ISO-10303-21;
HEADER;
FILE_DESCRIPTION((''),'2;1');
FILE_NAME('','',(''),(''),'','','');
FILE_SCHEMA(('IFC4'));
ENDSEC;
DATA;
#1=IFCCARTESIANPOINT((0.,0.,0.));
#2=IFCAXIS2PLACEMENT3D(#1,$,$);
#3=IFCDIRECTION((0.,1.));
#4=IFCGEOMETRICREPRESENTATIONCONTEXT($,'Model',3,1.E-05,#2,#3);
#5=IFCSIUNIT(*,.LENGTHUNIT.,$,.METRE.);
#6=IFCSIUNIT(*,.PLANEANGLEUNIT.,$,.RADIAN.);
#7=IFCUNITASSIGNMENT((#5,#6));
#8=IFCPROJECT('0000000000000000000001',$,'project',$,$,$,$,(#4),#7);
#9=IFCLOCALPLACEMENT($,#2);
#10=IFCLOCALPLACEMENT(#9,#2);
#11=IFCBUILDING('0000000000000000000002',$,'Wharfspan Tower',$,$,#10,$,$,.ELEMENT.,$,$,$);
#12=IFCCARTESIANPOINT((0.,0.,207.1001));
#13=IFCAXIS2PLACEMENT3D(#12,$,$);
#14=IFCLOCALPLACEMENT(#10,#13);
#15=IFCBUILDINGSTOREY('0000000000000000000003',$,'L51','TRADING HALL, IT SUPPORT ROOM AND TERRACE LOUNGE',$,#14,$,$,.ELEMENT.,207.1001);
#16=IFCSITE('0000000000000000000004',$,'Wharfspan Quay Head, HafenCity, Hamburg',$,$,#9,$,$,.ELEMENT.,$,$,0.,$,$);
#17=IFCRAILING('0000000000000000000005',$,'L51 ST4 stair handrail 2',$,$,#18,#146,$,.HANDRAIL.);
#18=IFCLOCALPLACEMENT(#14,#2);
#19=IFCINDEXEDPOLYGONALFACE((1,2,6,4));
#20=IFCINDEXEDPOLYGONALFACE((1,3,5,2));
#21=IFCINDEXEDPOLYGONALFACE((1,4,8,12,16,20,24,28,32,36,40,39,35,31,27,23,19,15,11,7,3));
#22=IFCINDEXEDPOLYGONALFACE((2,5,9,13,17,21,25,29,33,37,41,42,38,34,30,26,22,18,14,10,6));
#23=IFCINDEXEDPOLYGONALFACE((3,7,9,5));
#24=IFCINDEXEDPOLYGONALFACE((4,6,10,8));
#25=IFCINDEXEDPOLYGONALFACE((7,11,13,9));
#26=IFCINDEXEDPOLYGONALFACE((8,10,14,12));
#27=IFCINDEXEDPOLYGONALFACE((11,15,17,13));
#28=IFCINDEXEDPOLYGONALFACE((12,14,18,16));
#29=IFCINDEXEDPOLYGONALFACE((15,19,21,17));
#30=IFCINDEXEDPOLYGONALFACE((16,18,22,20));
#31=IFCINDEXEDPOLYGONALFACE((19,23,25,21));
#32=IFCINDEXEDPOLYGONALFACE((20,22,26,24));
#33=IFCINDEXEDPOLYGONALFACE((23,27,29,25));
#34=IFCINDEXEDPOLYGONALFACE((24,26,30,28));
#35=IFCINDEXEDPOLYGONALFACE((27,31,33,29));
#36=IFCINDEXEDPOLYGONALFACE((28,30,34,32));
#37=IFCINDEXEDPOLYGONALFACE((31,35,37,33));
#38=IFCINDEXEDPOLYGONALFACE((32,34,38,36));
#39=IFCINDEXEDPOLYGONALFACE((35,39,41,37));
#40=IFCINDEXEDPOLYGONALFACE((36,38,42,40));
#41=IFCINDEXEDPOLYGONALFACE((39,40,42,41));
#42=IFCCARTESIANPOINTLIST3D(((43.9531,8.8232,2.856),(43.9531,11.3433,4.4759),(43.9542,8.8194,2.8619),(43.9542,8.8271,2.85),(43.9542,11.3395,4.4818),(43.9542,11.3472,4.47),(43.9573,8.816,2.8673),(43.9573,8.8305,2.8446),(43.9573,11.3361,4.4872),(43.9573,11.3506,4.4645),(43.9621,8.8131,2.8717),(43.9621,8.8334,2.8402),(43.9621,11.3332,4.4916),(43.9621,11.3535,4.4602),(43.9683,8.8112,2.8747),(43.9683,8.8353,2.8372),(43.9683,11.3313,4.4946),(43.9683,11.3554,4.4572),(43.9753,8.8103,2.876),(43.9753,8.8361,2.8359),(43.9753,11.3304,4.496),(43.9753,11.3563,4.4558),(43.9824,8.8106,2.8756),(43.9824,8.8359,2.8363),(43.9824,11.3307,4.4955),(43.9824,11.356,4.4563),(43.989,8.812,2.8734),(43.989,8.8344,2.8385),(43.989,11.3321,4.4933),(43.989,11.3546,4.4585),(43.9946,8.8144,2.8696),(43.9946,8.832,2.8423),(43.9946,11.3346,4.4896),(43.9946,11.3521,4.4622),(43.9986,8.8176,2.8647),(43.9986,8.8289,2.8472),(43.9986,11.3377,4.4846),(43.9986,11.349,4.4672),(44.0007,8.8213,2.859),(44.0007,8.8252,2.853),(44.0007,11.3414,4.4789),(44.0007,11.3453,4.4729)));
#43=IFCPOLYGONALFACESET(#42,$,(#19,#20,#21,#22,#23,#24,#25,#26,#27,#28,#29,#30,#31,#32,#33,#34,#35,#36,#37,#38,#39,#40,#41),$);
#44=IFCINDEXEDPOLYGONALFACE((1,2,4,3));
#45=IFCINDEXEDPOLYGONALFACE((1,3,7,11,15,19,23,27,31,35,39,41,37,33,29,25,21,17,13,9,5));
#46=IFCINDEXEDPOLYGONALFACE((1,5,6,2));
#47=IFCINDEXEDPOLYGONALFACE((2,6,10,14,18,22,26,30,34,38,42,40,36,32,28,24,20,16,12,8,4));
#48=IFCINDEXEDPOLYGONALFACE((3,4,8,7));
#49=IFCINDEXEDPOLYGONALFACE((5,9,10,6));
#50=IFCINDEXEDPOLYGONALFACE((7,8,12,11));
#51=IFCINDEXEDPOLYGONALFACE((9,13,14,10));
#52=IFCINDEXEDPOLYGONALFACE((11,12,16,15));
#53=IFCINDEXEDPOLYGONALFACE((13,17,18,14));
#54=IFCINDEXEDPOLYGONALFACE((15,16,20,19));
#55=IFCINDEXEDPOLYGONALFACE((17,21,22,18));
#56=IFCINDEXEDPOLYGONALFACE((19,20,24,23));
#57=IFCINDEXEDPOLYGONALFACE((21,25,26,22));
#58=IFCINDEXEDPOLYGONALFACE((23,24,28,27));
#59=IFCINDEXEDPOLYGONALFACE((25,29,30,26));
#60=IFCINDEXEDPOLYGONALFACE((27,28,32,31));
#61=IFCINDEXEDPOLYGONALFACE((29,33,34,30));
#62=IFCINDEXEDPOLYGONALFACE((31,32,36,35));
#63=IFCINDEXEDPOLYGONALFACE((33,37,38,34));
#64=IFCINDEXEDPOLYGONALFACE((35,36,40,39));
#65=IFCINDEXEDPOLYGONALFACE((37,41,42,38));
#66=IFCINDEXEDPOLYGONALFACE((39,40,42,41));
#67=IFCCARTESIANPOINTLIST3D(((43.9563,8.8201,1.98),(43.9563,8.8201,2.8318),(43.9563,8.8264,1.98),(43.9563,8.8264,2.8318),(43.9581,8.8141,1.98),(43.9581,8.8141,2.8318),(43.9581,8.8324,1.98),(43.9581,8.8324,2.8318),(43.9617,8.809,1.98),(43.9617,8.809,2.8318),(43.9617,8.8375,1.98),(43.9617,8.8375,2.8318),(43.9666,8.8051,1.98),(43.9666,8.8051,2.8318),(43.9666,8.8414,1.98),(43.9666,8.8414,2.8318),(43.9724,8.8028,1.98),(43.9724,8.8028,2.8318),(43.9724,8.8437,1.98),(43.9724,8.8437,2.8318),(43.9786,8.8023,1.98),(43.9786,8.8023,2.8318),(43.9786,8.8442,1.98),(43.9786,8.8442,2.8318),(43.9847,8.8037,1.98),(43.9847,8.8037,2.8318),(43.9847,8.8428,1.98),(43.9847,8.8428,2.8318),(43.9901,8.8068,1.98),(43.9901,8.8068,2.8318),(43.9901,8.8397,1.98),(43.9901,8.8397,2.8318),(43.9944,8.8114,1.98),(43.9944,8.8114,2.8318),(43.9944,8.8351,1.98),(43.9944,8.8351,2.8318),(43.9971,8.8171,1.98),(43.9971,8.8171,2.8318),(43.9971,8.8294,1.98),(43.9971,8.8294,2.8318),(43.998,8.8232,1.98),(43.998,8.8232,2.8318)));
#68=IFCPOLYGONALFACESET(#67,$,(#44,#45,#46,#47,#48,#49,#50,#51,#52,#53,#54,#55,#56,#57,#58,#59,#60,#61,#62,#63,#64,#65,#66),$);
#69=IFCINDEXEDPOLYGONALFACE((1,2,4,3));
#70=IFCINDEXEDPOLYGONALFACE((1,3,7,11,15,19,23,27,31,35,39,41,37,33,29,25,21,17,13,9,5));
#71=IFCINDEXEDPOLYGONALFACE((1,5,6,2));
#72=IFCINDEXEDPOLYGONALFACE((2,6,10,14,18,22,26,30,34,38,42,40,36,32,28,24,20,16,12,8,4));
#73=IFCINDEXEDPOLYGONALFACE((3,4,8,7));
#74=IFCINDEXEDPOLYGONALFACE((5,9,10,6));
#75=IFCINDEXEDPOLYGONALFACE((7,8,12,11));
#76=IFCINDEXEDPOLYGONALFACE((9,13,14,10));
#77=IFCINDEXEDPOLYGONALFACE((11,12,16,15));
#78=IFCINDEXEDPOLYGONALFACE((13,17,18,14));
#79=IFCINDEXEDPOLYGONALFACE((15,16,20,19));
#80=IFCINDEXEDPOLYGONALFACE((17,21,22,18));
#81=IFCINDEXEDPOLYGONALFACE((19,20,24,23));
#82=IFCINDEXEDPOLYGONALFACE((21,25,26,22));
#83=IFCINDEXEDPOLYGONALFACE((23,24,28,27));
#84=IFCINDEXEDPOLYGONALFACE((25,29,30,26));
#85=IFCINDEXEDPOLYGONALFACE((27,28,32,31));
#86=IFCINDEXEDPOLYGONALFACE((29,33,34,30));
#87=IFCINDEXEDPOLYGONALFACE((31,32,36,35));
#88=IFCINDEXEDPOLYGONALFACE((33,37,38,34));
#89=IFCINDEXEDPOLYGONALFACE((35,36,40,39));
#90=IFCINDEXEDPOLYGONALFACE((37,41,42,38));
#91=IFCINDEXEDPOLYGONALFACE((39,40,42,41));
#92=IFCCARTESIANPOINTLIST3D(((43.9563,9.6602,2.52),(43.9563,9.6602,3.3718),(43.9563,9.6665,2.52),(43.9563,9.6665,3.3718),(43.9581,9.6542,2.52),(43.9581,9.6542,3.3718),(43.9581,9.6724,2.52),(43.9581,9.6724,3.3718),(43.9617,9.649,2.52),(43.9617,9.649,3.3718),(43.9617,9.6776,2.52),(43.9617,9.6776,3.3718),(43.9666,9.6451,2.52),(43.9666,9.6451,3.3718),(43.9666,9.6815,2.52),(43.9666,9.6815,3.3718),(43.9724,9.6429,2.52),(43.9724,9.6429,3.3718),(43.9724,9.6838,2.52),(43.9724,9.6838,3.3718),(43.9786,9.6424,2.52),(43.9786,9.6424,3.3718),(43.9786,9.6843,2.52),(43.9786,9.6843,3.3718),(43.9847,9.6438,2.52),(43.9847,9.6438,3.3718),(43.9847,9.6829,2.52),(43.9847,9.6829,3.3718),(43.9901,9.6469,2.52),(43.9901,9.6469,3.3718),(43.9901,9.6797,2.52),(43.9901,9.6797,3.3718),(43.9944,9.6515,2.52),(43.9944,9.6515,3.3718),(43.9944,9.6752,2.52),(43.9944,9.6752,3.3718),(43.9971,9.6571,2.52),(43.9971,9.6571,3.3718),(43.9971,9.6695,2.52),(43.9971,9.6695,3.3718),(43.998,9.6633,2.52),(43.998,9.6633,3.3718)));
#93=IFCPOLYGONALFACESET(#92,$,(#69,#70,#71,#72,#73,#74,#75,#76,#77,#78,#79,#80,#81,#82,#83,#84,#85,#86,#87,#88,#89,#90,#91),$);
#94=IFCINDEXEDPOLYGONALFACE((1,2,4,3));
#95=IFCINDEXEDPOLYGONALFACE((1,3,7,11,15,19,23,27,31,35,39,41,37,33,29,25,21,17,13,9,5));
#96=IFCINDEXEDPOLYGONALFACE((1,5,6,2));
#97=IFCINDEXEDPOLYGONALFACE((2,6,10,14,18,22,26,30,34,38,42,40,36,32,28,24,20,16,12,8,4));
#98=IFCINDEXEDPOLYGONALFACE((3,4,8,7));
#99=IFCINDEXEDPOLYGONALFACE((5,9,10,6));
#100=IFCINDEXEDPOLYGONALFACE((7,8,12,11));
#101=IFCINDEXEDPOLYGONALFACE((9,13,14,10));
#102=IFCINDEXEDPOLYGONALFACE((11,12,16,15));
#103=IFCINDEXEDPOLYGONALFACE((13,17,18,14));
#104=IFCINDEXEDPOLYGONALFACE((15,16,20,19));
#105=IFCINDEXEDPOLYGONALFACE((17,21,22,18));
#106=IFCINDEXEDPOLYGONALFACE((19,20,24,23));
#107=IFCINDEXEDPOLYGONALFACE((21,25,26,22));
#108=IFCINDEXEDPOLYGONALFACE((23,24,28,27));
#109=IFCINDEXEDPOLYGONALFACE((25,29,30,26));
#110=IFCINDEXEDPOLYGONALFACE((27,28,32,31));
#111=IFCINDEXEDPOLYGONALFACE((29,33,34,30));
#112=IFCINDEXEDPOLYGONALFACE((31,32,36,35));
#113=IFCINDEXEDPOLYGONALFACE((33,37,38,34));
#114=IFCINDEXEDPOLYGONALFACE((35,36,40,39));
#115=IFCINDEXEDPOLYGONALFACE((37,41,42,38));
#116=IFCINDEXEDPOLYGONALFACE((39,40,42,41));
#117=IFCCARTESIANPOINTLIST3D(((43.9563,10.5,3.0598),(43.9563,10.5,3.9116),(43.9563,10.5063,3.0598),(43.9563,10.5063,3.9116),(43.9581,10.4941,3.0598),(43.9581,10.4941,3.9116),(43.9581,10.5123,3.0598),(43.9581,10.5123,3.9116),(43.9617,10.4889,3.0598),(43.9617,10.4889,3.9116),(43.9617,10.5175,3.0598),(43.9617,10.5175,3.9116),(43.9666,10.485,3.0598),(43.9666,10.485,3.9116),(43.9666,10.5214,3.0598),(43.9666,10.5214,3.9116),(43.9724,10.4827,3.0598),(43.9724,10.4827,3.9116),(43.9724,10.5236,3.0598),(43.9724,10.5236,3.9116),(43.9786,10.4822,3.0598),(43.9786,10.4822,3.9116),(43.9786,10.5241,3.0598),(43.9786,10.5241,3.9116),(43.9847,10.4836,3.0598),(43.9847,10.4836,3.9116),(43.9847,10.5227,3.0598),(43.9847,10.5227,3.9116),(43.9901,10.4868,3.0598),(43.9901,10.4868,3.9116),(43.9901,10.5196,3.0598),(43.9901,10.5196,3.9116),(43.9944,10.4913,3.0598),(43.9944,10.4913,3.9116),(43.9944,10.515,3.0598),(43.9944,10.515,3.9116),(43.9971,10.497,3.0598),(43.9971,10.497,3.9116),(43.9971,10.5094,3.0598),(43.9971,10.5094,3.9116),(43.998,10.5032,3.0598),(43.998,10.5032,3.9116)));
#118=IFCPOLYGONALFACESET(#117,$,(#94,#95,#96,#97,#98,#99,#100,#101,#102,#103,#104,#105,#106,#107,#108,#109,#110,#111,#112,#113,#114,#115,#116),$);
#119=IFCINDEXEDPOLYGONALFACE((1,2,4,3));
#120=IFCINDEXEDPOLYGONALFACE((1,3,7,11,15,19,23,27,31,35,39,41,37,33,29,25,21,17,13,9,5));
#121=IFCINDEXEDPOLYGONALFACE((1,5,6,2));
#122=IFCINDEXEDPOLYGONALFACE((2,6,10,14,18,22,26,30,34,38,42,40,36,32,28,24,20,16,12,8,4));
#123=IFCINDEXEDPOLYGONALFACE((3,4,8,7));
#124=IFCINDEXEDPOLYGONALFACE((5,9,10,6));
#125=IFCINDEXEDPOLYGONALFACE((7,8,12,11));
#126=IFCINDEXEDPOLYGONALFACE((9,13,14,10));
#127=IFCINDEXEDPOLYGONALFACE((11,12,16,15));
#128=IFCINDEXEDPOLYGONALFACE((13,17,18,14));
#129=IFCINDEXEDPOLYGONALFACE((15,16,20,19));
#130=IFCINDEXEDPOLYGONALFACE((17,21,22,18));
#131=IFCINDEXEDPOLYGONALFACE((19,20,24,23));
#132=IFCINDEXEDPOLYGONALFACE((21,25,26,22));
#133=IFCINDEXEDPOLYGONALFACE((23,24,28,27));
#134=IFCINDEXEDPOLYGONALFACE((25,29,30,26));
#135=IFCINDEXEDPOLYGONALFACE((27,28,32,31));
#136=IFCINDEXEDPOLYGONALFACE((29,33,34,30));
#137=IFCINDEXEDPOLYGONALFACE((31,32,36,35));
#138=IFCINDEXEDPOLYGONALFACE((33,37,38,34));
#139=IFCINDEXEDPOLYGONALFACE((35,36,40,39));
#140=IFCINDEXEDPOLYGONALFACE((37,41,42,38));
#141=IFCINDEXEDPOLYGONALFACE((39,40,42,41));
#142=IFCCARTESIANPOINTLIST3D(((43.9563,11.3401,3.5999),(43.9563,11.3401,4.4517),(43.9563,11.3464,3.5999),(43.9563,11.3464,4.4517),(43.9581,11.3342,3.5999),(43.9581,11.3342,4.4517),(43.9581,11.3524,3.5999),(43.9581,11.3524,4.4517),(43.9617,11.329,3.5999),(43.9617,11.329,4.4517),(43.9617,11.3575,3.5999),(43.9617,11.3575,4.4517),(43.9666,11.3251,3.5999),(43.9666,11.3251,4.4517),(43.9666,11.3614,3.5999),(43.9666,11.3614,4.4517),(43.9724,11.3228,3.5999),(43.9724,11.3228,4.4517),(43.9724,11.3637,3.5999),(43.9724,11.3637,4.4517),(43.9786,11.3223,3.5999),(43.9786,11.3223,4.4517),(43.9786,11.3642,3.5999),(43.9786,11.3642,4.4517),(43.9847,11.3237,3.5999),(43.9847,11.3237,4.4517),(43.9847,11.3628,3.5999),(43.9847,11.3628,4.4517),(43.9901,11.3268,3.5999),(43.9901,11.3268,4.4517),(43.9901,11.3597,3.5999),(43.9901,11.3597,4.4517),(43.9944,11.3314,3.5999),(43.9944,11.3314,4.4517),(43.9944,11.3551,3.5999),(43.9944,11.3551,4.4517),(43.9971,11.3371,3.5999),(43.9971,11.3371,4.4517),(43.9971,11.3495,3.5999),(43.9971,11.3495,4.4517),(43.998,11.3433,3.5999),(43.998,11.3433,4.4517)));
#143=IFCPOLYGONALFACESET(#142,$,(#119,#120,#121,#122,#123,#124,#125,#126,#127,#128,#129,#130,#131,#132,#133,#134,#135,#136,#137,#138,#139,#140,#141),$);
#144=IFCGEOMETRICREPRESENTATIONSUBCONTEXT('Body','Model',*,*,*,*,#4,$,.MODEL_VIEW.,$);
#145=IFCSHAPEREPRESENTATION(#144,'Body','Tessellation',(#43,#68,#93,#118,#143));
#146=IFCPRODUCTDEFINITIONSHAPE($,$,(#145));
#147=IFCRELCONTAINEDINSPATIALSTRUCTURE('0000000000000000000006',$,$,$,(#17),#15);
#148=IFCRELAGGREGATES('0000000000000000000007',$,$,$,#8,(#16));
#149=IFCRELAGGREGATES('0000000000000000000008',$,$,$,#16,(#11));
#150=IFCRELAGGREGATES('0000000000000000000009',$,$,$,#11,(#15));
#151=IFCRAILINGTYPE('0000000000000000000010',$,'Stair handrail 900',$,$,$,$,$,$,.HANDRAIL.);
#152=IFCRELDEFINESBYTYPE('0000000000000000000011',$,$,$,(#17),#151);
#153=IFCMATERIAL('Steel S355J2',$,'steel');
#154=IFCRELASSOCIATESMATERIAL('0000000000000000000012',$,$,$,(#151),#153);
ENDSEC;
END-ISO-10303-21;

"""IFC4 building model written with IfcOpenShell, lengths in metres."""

from ifc_helpers import new_model, si_unit, direction, frame, origin, origin_2d, place, context, subcontext, project, spatial, circle, extrude, material, type_object, element, save


model = new_model("IFC4")

# Units and contexts
model_context = context("Model", 3, precision=1e-05, world=origin(), true_north=direction((0.0, 1.0)))
body_context = subcontext(model_context, "Body", "Model", "MODEL_VIEW")
ifc_project = project(units=[si_unit("LENGTHUNIT", "METRE"), si_unit("PLANEANGLEUNIT", "RADIAN")], contexts=[model_context])

# Site, building, storey
site_placement = place(None, origin())
site = spatial("IfcSite", under=ifc_project, at=site_placement, Name="Wharfspan Quay Head, HafenCity, Hamburg", CompositionType="ELEMENT", RefElevation=0.0)
building_placement = place(site_placement, origin())
building = spatial("IfcBuilding", under=site, at=building_placement, Name="Wharfspan Tower", CompositionType="ELEMENT")
storey_placement = place(building_placement, frame((0.0, 0.0, 207.1001)))
storey = spatial("IfcBuildingStorey", under=building, at=storey_placement, Name="L51", Description="TRADING HALL, IT SUPPORT ROOM AND TERRACE LOUNGE", CompositionType="ELEMENT", Elevation=207.1001)

# Shared definitions
ifc_material_1 = material(Name="Steel S355J2", Category="steel")

# Railing
railing_type_1 = type_object("IfcRailingType", Name="Stair handrail 900", PredefinedType="HANDRAIL", material=ifc_material_1)
railing_1_placement = place(storey_placement, frame((43.9771, 8.8232, 1.98)))
element("IfcRailing", 1, at=railing_1_placement, inside=storey, type_object=railing_type_1, Name="L51 ST4 stair handrail 2", PredefinedType="HANDRAIL", context=body_context, shape_type="SweptSolid", body=[
    extrude(circle(Radius=0.0239, at=origin_2d()), frame((0.0, 0.0, 0.876), z_axis=(0.0, 0.8412, 0.540725), x_axis=(-1.0, 0.0, 0.0)), (0.0, 0.0, 1.0), 2.9958),
    extrude(circle(Radius=0.021, at=origin_2d()), origin(), (0.0, 0.0, 1.0), 0.8518),
    extrude(circle(Radius=0.021, at=origin_2d()), frame((0.0, 0.8401, 0.54)), (0.0, 0.0, 1.0), 0.8518),
    extrude(circle(Radius=0.021, at=origin_2d()), frame((0.0, 1.6799, 1.0798)), (0.0, 0.0, 1.0), 0.8518),
    extrude(circle(Radius=0.021, at=origin_2d()), frame((0.0, 2.52, 1.6199)), (0.0, 0.0, 1.0), 0.8518),
])

save(model, "model.ifc")
